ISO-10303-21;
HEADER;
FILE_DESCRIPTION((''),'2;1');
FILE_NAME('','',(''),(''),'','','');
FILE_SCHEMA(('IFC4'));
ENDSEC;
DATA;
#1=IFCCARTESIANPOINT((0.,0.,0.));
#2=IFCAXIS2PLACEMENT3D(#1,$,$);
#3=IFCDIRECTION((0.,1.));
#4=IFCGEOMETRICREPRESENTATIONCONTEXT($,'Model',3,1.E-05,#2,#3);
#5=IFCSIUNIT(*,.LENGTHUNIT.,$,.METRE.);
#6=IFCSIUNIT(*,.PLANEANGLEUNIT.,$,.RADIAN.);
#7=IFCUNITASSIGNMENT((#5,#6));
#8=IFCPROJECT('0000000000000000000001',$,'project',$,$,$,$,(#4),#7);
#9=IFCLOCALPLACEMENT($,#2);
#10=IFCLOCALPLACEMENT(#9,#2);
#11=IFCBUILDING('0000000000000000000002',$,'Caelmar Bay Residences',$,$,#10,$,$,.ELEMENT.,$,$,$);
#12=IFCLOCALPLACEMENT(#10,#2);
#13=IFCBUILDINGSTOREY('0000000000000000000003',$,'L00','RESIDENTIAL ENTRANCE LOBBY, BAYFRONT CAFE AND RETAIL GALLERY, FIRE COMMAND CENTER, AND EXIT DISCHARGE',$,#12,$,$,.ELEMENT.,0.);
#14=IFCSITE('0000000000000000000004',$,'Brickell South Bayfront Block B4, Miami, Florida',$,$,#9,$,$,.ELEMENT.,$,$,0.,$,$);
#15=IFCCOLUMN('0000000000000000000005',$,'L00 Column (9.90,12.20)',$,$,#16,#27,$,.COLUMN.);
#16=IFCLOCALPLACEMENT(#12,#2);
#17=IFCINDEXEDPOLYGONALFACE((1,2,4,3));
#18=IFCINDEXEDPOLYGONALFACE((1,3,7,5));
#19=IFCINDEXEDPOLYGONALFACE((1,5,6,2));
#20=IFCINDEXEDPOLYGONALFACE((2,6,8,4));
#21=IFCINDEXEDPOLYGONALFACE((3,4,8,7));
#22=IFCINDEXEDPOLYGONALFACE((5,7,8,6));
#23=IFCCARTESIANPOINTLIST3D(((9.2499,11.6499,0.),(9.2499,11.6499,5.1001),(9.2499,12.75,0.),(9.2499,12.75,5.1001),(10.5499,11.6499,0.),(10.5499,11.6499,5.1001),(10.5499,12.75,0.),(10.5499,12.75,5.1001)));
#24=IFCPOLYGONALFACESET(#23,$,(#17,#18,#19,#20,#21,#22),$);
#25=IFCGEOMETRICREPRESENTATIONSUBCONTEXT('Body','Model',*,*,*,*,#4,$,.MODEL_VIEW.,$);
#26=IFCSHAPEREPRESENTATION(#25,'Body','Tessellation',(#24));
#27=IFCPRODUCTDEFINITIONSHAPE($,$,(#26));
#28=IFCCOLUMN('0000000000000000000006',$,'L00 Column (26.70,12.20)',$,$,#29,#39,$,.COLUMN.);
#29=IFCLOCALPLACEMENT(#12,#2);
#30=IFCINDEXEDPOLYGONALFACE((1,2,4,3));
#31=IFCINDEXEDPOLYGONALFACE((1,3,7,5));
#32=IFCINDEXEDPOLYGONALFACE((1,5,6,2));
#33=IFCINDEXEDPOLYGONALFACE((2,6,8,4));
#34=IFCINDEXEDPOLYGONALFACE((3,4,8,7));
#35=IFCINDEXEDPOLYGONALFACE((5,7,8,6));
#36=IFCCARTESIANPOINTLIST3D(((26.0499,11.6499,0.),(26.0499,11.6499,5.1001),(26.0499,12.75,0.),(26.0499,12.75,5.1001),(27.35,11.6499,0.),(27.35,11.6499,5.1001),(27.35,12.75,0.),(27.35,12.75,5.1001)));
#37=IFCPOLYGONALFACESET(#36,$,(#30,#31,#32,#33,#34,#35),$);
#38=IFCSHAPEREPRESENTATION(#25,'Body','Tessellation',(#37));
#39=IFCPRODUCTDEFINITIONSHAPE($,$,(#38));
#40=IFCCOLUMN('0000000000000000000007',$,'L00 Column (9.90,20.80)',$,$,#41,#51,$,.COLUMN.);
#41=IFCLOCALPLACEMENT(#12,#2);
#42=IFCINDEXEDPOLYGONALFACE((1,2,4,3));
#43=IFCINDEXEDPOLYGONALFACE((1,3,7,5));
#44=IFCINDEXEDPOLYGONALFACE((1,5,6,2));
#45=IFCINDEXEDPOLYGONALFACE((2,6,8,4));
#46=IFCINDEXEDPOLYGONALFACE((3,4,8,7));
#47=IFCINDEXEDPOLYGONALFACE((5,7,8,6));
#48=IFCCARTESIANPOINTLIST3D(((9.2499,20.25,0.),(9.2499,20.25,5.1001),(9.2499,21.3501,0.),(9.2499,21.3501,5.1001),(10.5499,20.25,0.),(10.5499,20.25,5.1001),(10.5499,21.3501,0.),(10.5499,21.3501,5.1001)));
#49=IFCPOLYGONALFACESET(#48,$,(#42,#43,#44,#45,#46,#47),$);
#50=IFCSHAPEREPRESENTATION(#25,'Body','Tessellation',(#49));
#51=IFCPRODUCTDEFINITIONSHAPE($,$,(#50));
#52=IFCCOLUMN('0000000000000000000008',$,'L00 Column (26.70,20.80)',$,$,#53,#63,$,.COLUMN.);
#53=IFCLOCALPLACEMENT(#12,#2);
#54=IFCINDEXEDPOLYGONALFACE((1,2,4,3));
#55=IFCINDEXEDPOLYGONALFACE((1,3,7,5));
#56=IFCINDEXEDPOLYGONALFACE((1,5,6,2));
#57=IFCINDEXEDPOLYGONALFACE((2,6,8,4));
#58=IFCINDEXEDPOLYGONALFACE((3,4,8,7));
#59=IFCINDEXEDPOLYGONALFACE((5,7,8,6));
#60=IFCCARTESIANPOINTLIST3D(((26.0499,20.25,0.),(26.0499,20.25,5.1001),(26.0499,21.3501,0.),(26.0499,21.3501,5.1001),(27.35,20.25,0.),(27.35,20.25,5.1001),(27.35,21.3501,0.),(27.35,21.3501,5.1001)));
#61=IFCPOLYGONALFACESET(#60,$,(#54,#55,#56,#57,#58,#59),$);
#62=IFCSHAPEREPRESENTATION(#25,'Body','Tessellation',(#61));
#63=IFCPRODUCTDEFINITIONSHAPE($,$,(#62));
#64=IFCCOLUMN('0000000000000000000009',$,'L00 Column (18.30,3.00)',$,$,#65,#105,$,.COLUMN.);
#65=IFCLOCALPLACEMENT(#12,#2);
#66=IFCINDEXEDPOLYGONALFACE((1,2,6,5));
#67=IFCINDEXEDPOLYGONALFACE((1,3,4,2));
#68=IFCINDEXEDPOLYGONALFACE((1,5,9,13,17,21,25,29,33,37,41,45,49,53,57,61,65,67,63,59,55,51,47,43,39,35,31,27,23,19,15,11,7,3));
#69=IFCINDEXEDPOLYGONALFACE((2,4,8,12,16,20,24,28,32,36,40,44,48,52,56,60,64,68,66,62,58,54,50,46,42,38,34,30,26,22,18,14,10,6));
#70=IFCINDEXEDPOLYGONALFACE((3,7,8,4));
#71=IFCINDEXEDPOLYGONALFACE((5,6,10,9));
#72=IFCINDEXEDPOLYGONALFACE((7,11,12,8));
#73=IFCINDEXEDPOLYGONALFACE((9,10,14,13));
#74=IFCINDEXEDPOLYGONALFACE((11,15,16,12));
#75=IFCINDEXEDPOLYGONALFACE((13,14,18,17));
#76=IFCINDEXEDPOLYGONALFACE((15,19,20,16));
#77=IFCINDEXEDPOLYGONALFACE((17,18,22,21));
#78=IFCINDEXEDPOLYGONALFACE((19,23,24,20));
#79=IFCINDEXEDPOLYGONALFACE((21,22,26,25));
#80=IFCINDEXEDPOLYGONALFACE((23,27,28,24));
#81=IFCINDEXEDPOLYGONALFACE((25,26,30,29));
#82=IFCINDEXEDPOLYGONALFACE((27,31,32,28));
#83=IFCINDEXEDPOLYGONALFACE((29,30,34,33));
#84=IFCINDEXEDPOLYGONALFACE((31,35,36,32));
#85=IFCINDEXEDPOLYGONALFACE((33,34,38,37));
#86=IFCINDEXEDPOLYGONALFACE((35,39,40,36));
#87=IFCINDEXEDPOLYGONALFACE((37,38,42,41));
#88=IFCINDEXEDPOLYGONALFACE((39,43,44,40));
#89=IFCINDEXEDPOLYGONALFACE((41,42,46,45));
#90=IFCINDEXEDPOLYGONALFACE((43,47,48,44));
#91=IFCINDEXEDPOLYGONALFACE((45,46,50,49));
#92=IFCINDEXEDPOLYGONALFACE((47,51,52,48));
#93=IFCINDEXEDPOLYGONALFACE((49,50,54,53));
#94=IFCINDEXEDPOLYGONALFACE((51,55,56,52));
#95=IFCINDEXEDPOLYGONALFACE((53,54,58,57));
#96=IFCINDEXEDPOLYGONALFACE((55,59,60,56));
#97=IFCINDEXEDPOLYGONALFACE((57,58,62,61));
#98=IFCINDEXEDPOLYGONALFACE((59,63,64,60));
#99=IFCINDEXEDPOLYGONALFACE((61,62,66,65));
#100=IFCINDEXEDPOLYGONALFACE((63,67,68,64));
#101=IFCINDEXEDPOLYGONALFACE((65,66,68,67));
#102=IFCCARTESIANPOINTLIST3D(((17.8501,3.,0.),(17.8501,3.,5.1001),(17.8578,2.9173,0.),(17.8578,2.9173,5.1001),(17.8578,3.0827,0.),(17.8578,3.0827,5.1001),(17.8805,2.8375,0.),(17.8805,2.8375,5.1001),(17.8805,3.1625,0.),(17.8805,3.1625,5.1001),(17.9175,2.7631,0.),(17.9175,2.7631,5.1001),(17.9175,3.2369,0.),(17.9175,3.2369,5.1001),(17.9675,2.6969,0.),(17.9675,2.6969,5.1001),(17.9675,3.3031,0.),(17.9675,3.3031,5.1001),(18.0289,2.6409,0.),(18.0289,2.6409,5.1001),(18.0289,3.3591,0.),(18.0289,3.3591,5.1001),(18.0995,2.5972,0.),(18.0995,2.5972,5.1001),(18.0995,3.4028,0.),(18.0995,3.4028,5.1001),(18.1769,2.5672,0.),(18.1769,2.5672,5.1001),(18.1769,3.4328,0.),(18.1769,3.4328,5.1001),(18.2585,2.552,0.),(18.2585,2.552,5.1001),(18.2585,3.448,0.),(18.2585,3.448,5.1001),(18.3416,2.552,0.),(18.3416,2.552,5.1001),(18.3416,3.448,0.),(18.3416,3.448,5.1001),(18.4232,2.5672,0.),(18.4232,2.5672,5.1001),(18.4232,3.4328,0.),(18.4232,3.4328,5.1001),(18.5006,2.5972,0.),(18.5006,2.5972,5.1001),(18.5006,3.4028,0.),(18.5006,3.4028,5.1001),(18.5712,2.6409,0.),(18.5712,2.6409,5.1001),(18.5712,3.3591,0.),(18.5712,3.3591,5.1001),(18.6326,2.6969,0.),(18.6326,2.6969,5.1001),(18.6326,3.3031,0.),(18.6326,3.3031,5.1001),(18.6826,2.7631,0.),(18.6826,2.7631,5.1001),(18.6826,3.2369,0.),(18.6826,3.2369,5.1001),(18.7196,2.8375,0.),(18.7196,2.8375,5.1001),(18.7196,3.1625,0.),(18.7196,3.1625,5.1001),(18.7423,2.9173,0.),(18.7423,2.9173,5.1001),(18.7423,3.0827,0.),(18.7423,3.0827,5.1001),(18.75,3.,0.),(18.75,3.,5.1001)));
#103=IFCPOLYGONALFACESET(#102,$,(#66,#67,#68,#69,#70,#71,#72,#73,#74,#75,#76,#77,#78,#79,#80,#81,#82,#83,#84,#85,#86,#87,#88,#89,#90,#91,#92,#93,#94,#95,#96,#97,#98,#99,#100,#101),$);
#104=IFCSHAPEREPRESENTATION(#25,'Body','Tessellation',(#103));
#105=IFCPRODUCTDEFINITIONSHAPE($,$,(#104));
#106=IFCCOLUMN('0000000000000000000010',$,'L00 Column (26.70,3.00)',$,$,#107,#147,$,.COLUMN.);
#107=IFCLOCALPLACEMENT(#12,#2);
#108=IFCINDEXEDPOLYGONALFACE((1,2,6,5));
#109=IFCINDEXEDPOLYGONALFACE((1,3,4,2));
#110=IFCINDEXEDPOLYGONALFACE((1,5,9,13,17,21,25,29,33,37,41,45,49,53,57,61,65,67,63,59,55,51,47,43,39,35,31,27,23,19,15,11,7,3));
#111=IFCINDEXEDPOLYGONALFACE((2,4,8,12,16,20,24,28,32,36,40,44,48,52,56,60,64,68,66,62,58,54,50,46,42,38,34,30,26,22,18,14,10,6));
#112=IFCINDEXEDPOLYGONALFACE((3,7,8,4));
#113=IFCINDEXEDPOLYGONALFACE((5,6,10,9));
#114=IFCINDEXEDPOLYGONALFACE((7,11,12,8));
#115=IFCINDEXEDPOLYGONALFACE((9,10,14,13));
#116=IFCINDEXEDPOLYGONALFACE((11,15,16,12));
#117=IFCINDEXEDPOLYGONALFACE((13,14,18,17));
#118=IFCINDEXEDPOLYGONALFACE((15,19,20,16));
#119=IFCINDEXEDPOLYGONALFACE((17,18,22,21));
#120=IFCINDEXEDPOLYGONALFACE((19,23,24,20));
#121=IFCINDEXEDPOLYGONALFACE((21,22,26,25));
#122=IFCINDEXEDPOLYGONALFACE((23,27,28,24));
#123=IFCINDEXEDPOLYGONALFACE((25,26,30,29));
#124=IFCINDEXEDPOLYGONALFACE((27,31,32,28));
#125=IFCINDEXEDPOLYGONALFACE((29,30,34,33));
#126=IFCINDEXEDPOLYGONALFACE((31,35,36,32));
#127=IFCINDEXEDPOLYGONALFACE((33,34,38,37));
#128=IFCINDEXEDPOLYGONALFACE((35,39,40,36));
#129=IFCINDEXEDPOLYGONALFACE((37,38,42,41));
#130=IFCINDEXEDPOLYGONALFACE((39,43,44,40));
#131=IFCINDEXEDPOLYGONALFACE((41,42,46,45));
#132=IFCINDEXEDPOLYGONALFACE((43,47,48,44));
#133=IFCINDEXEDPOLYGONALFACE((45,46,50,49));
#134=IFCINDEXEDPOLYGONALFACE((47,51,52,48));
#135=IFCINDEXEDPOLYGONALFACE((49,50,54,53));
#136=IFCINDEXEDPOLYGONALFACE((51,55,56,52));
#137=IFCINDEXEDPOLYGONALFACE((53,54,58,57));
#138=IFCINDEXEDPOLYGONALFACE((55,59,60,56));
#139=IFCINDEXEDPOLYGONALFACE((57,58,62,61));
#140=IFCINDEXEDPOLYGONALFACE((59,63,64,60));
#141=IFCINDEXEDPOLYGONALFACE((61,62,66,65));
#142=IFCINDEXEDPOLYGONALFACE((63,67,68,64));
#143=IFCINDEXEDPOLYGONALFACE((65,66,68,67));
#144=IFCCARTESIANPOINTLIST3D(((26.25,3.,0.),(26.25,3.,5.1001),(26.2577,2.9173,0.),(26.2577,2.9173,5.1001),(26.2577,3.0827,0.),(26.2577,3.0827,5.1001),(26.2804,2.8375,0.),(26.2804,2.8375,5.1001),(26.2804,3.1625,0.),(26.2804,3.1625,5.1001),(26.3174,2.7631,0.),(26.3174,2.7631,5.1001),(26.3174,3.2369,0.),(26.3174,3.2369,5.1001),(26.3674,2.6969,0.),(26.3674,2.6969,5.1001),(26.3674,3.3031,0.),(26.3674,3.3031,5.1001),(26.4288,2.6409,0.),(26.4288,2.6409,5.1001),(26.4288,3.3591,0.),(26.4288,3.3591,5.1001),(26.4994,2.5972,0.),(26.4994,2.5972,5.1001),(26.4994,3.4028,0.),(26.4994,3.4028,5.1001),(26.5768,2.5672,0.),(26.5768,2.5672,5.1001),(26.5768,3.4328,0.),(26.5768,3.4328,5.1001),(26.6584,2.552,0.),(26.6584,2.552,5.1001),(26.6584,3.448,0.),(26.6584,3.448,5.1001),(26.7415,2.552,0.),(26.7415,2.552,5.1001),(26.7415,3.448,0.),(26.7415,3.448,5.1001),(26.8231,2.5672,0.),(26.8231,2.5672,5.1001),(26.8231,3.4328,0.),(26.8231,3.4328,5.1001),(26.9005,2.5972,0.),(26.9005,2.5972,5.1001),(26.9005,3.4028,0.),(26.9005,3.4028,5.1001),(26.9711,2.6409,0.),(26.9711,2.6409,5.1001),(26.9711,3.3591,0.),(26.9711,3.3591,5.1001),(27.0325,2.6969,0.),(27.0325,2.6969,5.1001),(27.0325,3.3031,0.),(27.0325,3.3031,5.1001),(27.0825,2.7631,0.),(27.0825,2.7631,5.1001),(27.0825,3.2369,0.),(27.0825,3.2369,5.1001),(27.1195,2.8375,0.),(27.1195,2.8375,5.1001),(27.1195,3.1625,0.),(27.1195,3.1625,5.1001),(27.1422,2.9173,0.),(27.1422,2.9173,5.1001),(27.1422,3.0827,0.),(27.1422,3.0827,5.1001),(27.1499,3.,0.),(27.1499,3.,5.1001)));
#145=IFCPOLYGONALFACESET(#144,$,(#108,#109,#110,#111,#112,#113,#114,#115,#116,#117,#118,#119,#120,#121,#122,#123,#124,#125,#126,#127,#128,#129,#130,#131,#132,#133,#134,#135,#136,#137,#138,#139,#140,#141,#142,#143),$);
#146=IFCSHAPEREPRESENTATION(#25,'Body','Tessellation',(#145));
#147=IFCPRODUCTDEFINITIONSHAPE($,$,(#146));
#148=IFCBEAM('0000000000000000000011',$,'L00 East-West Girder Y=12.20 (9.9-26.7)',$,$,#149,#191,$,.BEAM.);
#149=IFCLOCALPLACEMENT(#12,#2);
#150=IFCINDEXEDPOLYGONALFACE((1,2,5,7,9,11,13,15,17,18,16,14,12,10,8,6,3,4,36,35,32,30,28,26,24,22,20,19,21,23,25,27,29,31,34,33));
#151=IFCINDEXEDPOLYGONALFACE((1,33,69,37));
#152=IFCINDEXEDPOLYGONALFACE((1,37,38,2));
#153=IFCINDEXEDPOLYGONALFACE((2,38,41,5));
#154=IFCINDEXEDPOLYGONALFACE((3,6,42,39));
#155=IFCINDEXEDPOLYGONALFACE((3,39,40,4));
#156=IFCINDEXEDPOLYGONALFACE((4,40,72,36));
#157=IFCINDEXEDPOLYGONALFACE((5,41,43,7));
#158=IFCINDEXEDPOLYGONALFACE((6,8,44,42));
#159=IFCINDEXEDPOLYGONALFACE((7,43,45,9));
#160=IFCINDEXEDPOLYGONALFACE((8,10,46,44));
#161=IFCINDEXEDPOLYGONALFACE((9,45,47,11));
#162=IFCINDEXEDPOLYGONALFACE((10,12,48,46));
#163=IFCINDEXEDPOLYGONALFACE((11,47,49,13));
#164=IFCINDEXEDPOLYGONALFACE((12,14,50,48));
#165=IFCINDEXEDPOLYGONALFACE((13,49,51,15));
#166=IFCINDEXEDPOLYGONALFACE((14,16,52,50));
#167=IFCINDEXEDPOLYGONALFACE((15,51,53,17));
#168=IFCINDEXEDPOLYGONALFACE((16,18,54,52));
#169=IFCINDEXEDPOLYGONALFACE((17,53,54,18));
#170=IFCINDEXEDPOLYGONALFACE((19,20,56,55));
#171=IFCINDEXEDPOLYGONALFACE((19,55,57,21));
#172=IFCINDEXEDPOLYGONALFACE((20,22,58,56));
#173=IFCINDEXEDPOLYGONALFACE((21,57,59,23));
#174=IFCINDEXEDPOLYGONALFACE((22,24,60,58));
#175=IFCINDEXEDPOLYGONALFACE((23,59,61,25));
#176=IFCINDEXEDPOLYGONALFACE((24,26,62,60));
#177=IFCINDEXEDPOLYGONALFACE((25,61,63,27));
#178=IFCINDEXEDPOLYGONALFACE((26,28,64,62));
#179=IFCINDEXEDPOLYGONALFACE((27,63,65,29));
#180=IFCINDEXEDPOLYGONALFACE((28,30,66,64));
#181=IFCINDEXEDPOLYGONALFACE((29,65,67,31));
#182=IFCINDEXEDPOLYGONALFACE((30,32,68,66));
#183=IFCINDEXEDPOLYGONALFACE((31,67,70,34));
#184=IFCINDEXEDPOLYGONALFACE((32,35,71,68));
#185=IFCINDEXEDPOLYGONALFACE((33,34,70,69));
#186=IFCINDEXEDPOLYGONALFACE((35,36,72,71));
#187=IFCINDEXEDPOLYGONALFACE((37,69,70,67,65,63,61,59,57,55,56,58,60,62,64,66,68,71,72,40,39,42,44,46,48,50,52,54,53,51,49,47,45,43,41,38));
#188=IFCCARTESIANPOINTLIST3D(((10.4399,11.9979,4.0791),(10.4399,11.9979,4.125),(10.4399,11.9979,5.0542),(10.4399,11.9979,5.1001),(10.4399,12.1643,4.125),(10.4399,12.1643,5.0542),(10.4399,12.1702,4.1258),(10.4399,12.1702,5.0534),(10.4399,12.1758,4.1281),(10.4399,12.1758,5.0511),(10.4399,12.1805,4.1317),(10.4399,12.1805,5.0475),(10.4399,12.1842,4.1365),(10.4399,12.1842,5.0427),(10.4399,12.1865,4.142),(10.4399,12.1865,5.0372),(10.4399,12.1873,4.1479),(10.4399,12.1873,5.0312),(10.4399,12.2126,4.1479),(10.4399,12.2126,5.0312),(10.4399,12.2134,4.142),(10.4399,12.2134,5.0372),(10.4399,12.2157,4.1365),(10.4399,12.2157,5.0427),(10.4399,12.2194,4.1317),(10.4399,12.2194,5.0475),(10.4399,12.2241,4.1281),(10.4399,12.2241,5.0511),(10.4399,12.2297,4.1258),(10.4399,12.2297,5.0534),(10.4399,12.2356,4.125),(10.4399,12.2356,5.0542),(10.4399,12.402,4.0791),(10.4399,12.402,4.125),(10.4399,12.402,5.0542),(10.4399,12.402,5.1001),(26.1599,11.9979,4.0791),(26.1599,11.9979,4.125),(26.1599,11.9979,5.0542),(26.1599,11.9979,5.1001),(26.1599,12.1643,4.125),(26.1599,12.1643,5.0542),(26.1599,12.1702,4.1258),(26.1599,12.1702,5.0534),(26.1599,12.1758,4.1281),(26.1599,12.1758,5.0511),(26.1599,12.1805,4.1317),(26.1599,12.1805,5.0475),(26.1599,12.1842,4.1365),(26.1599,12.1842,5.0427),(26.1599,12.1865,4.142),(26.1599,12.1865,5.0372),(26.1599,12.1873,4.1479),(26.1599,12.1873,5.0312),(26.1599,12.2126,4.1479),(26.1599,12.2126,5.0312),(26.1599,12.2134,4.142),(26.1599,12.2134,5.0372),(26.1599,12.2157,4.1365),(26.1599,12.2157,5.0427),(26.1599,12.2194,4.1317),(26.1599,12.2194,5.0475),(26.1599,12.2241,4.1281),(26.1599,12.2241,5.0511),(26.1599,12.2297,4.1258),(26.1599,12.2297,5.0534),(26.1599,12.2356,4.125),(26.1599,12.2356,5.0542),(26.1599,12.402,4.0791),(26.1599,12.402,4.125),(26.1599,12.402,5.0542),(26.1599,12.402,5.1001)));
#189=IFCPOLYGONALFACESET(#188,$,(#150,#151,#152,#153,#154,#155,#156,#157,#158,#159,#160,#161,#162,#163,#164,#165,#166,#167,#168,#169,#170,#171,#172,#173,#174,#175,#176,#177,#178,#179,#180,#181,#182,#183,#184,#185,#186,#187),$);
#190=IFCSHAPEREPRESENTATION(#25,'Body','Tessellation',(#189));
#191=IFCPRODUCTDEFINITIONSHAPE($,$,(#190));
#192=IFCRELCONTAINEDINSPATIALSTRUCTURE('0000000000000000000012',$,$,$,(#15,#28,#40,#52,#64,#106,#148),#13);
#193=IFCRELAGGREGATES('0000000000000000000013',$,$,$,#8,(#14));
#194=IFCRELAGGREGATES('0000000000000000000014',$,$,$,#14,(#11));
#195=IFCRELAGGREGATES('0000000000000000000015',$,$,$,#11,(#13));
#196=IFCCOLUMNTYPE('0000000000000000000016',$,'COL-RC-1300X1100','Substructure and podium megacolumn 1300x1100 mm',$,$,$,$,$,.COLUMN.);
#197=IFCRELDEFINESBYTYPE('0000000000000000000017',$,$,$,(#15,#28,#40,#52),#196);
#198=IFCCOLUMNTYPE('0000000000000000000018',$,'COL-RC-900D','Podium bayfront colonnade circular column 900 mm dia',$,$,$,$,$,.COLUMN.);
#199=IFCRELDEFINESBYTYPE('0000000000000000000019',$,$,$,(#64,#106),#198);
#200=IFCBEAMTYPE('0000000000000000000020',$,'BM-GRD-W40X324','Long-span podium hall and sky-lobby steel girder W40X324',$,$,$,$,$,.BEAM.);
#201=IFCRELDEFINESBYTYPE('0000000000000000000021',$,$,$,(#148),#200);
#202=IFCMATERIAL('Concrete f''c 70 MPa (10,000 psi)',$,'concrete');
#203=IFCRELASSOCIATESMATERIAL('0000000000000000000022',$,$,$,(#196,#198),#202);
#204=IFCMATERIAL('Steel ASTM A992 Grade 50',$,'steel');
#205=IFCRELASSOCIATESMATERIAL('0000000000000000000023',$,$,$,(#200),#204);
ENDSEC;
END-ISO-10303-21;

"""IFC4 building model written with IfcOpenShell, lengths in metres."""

from ifc_helpers import new_model, si_unit, direction, frame, origin, origin_2d, place, context, subcontext, project, spatial, rectangle, circle, i_section, extrude, material, material_profile, profile_set, type_object, element, save


model = new_model("IFC4")

# Units and contexts
model_context = context("Model", 3, precision=1e-05, world=origin(), true_north=direction((0.0, 1.0)))
body_context = subcontext(model_context, "Body", "Model", "MODEL_VIEW")
ifc_project = project(units=[si_unit("LENGTHUNIT", "METRE"), si_unit("PLANEANGLEUNIT", "RADIAN")], contexts=[model_context])

# Site, building, storey
site_placement = place(None, origin())
site = spatial("IfcSite", under=ifc_project, at=site_placement, Name="Brickell South Bayfront Block B4, Miami, Florida", CompositionType="ELEMENT", RefElevation=0.0)
building_placement = place(site_placement, origin())
building = spatial("IfcBuilding", under=site, at=building_placement, Name="Caelmar Bay Residences", CompositionType="ELEMENT")
storey_placement = place(building_placement, origin())
storey = spatial("IfcBuildingStorey", under=building, at=storey_placement, Name="L00", Description="RESIDENTIAL ENTRANCE LOBBY, BAYFRONT CAFE AND RETAIL GALLERY, FIRE COMMAND CENTER, AND EXIT DISCHARGE", CompositionType="ELEMENT", Elevation=0.0)

# Columns
ifc_material_1 = material(Name="Concrete f'c 70 MPa (10,000 psi)", Category="concrete")
ifc_material_profile_1 = material_profile(ifc_material_1, rectangle(XDim=1.3, YDim=1.1001, at=origin_2d()), Name="RC-COL-1300X1100")
ifc_profile_set_1 = profile_set([ifc_material_profile_1], Name="Concrete f'c 70 MPa (10,000 psi)")
column_type_1 = type_object("IfcColumnType", Name="COL-RC-1300X1100", Description="Substructure and podium megacolumn 1300x1100 mm", PredefinedType="COLUMN", material=ifc_profile_set_1)
for number, where, z_axis, x_axis, name in (
    (1, (9.8999, 12.2, 0.0), (0.0, 0.0, 1.0), (1.0, 0.0, 0.0), "L00 Column (9.90,12.20)"),
    (2, (26.7, 12.2, 0.0), (0.0, 0.0, 1.0), (1.0, 0.0, 0.0), "L00 Column (26.70,12.20)"),
    (3, (9.8999, 20.8, 0.0), (0.0, 0.0, 1.0), (1.0, 0.0, 0.0), "L00 Column (9.90,20.80)"),
    (4, (26.7, 20.8, 0.0), (0.0, 0.0, 1.0), (1.0, 0.0, 0.0), "L00 Column (26.70,20.80)"),
):
    element("IfcColumn", number, at=place(storey_placement, frame(where, z_axis=z_axis, x_axis=x_axis)), inside=storey, type_object=column_type_1, Name=name, PredefinedType="COLUMN", context=body_context, shape_type="SweptSolid", body=[
        extrude(rectangle(XDim=1.3, YDim=1.1001, at=origin_2d()), origin(), (0.0, 0.0, 1.0), 5.1001),
    ])
ifc_material_profile_2 = material_profile(ifc_material_1, circle(Radius=0.45, at=origin_2d()), Name="RC-COL-900D")
ifc_profile_set_2 = profile_set([ifc_material_profile_2], Name="Concrete f'c 70 MPa (10,000 psi)")
column_type_2 = type_object("IfcColumnType", Name="COL-RC-900D", Description="Podium bayfront colonnade circular column 900 mm dia", PredefinedType="COLUMN", material=ifc_profile_set_2)
for number, where, z_axis, x_axis, name in (
    (5, (18.3, 3.0, 0.0), (0.0, 0.0, 1.0), (1.0, 0.0, 0.0), "L00 Column (18.30,3.00)"),
    (6, (26.7, 3.0, 0.0), (0.0, 0.0, 1.0), (1.0, 0.0, 0.0), "L00 Column (26.70,3.00)"),
):
    element("IfcColumn", number, at=place(storey_placement, frame(where, z_axis=z_axis, x_axis=x_axis)), inside=storey, type_object=column_type_2, Name=name, PredefinedType="COLUMN", context=body_context, shape_type="SweptSolid", body=[
        extrude(circle(Radius=0.45, at=origin_2d()), origin(), (0.0, 0.0, 1.0), 5.1001),
    ])

# Beam
ifc_material_2 = material(Name="Steel ASTM A992 Grade 50", Category="steel")
ifc_material_profile_3 = material_profile(ifc_material_2, i_section(OverallWidth=0.4041, OverallDepth=1.021, WebThickness=0.0254, FlangeThickness=0.0459, FilletRadius=0.0229, at=origin_2d()), Name="W40X324")
ifc_profile_set_3 = profile_set([ifc_material_profile_3], Name="Steel ASTM A992 Grade 50")
beam_type_1 = type_object("IfcBeamType", Name="BM-GRD-W40X324", Description="Long-span podium hall and sky-lobby steel girder W40X324", PredefinedType="BEAM", material=ifc_profile_set_3)
beam_1_placement = place(storey_placement, frame((10.4399, 12.2, 4.5896), z_axis=(1.0, 0.0, 0.0), x_axis=(0.0, 1.0, 0.0)))
element("IfcBeam", 7, at=beam_1_placement, inside=storey, type_object=beam_type_1, Name="L00 East-West Girder Y=12.20 (9.9-26.7)", PredefinedType="BEAM", context=body_context, shape_type="SweptSolid", body=[
    extrude(i_section(OverallWidth=0.4041, OverallDepth=1.021, WebThickness=0.0254, FlangeThickness=0.0459, FilletRadius=0.0229, at=origin_2d()), origin(), (0.0, 0.0, 1.0), 15.72),
])

save(model, "model.ifc")
